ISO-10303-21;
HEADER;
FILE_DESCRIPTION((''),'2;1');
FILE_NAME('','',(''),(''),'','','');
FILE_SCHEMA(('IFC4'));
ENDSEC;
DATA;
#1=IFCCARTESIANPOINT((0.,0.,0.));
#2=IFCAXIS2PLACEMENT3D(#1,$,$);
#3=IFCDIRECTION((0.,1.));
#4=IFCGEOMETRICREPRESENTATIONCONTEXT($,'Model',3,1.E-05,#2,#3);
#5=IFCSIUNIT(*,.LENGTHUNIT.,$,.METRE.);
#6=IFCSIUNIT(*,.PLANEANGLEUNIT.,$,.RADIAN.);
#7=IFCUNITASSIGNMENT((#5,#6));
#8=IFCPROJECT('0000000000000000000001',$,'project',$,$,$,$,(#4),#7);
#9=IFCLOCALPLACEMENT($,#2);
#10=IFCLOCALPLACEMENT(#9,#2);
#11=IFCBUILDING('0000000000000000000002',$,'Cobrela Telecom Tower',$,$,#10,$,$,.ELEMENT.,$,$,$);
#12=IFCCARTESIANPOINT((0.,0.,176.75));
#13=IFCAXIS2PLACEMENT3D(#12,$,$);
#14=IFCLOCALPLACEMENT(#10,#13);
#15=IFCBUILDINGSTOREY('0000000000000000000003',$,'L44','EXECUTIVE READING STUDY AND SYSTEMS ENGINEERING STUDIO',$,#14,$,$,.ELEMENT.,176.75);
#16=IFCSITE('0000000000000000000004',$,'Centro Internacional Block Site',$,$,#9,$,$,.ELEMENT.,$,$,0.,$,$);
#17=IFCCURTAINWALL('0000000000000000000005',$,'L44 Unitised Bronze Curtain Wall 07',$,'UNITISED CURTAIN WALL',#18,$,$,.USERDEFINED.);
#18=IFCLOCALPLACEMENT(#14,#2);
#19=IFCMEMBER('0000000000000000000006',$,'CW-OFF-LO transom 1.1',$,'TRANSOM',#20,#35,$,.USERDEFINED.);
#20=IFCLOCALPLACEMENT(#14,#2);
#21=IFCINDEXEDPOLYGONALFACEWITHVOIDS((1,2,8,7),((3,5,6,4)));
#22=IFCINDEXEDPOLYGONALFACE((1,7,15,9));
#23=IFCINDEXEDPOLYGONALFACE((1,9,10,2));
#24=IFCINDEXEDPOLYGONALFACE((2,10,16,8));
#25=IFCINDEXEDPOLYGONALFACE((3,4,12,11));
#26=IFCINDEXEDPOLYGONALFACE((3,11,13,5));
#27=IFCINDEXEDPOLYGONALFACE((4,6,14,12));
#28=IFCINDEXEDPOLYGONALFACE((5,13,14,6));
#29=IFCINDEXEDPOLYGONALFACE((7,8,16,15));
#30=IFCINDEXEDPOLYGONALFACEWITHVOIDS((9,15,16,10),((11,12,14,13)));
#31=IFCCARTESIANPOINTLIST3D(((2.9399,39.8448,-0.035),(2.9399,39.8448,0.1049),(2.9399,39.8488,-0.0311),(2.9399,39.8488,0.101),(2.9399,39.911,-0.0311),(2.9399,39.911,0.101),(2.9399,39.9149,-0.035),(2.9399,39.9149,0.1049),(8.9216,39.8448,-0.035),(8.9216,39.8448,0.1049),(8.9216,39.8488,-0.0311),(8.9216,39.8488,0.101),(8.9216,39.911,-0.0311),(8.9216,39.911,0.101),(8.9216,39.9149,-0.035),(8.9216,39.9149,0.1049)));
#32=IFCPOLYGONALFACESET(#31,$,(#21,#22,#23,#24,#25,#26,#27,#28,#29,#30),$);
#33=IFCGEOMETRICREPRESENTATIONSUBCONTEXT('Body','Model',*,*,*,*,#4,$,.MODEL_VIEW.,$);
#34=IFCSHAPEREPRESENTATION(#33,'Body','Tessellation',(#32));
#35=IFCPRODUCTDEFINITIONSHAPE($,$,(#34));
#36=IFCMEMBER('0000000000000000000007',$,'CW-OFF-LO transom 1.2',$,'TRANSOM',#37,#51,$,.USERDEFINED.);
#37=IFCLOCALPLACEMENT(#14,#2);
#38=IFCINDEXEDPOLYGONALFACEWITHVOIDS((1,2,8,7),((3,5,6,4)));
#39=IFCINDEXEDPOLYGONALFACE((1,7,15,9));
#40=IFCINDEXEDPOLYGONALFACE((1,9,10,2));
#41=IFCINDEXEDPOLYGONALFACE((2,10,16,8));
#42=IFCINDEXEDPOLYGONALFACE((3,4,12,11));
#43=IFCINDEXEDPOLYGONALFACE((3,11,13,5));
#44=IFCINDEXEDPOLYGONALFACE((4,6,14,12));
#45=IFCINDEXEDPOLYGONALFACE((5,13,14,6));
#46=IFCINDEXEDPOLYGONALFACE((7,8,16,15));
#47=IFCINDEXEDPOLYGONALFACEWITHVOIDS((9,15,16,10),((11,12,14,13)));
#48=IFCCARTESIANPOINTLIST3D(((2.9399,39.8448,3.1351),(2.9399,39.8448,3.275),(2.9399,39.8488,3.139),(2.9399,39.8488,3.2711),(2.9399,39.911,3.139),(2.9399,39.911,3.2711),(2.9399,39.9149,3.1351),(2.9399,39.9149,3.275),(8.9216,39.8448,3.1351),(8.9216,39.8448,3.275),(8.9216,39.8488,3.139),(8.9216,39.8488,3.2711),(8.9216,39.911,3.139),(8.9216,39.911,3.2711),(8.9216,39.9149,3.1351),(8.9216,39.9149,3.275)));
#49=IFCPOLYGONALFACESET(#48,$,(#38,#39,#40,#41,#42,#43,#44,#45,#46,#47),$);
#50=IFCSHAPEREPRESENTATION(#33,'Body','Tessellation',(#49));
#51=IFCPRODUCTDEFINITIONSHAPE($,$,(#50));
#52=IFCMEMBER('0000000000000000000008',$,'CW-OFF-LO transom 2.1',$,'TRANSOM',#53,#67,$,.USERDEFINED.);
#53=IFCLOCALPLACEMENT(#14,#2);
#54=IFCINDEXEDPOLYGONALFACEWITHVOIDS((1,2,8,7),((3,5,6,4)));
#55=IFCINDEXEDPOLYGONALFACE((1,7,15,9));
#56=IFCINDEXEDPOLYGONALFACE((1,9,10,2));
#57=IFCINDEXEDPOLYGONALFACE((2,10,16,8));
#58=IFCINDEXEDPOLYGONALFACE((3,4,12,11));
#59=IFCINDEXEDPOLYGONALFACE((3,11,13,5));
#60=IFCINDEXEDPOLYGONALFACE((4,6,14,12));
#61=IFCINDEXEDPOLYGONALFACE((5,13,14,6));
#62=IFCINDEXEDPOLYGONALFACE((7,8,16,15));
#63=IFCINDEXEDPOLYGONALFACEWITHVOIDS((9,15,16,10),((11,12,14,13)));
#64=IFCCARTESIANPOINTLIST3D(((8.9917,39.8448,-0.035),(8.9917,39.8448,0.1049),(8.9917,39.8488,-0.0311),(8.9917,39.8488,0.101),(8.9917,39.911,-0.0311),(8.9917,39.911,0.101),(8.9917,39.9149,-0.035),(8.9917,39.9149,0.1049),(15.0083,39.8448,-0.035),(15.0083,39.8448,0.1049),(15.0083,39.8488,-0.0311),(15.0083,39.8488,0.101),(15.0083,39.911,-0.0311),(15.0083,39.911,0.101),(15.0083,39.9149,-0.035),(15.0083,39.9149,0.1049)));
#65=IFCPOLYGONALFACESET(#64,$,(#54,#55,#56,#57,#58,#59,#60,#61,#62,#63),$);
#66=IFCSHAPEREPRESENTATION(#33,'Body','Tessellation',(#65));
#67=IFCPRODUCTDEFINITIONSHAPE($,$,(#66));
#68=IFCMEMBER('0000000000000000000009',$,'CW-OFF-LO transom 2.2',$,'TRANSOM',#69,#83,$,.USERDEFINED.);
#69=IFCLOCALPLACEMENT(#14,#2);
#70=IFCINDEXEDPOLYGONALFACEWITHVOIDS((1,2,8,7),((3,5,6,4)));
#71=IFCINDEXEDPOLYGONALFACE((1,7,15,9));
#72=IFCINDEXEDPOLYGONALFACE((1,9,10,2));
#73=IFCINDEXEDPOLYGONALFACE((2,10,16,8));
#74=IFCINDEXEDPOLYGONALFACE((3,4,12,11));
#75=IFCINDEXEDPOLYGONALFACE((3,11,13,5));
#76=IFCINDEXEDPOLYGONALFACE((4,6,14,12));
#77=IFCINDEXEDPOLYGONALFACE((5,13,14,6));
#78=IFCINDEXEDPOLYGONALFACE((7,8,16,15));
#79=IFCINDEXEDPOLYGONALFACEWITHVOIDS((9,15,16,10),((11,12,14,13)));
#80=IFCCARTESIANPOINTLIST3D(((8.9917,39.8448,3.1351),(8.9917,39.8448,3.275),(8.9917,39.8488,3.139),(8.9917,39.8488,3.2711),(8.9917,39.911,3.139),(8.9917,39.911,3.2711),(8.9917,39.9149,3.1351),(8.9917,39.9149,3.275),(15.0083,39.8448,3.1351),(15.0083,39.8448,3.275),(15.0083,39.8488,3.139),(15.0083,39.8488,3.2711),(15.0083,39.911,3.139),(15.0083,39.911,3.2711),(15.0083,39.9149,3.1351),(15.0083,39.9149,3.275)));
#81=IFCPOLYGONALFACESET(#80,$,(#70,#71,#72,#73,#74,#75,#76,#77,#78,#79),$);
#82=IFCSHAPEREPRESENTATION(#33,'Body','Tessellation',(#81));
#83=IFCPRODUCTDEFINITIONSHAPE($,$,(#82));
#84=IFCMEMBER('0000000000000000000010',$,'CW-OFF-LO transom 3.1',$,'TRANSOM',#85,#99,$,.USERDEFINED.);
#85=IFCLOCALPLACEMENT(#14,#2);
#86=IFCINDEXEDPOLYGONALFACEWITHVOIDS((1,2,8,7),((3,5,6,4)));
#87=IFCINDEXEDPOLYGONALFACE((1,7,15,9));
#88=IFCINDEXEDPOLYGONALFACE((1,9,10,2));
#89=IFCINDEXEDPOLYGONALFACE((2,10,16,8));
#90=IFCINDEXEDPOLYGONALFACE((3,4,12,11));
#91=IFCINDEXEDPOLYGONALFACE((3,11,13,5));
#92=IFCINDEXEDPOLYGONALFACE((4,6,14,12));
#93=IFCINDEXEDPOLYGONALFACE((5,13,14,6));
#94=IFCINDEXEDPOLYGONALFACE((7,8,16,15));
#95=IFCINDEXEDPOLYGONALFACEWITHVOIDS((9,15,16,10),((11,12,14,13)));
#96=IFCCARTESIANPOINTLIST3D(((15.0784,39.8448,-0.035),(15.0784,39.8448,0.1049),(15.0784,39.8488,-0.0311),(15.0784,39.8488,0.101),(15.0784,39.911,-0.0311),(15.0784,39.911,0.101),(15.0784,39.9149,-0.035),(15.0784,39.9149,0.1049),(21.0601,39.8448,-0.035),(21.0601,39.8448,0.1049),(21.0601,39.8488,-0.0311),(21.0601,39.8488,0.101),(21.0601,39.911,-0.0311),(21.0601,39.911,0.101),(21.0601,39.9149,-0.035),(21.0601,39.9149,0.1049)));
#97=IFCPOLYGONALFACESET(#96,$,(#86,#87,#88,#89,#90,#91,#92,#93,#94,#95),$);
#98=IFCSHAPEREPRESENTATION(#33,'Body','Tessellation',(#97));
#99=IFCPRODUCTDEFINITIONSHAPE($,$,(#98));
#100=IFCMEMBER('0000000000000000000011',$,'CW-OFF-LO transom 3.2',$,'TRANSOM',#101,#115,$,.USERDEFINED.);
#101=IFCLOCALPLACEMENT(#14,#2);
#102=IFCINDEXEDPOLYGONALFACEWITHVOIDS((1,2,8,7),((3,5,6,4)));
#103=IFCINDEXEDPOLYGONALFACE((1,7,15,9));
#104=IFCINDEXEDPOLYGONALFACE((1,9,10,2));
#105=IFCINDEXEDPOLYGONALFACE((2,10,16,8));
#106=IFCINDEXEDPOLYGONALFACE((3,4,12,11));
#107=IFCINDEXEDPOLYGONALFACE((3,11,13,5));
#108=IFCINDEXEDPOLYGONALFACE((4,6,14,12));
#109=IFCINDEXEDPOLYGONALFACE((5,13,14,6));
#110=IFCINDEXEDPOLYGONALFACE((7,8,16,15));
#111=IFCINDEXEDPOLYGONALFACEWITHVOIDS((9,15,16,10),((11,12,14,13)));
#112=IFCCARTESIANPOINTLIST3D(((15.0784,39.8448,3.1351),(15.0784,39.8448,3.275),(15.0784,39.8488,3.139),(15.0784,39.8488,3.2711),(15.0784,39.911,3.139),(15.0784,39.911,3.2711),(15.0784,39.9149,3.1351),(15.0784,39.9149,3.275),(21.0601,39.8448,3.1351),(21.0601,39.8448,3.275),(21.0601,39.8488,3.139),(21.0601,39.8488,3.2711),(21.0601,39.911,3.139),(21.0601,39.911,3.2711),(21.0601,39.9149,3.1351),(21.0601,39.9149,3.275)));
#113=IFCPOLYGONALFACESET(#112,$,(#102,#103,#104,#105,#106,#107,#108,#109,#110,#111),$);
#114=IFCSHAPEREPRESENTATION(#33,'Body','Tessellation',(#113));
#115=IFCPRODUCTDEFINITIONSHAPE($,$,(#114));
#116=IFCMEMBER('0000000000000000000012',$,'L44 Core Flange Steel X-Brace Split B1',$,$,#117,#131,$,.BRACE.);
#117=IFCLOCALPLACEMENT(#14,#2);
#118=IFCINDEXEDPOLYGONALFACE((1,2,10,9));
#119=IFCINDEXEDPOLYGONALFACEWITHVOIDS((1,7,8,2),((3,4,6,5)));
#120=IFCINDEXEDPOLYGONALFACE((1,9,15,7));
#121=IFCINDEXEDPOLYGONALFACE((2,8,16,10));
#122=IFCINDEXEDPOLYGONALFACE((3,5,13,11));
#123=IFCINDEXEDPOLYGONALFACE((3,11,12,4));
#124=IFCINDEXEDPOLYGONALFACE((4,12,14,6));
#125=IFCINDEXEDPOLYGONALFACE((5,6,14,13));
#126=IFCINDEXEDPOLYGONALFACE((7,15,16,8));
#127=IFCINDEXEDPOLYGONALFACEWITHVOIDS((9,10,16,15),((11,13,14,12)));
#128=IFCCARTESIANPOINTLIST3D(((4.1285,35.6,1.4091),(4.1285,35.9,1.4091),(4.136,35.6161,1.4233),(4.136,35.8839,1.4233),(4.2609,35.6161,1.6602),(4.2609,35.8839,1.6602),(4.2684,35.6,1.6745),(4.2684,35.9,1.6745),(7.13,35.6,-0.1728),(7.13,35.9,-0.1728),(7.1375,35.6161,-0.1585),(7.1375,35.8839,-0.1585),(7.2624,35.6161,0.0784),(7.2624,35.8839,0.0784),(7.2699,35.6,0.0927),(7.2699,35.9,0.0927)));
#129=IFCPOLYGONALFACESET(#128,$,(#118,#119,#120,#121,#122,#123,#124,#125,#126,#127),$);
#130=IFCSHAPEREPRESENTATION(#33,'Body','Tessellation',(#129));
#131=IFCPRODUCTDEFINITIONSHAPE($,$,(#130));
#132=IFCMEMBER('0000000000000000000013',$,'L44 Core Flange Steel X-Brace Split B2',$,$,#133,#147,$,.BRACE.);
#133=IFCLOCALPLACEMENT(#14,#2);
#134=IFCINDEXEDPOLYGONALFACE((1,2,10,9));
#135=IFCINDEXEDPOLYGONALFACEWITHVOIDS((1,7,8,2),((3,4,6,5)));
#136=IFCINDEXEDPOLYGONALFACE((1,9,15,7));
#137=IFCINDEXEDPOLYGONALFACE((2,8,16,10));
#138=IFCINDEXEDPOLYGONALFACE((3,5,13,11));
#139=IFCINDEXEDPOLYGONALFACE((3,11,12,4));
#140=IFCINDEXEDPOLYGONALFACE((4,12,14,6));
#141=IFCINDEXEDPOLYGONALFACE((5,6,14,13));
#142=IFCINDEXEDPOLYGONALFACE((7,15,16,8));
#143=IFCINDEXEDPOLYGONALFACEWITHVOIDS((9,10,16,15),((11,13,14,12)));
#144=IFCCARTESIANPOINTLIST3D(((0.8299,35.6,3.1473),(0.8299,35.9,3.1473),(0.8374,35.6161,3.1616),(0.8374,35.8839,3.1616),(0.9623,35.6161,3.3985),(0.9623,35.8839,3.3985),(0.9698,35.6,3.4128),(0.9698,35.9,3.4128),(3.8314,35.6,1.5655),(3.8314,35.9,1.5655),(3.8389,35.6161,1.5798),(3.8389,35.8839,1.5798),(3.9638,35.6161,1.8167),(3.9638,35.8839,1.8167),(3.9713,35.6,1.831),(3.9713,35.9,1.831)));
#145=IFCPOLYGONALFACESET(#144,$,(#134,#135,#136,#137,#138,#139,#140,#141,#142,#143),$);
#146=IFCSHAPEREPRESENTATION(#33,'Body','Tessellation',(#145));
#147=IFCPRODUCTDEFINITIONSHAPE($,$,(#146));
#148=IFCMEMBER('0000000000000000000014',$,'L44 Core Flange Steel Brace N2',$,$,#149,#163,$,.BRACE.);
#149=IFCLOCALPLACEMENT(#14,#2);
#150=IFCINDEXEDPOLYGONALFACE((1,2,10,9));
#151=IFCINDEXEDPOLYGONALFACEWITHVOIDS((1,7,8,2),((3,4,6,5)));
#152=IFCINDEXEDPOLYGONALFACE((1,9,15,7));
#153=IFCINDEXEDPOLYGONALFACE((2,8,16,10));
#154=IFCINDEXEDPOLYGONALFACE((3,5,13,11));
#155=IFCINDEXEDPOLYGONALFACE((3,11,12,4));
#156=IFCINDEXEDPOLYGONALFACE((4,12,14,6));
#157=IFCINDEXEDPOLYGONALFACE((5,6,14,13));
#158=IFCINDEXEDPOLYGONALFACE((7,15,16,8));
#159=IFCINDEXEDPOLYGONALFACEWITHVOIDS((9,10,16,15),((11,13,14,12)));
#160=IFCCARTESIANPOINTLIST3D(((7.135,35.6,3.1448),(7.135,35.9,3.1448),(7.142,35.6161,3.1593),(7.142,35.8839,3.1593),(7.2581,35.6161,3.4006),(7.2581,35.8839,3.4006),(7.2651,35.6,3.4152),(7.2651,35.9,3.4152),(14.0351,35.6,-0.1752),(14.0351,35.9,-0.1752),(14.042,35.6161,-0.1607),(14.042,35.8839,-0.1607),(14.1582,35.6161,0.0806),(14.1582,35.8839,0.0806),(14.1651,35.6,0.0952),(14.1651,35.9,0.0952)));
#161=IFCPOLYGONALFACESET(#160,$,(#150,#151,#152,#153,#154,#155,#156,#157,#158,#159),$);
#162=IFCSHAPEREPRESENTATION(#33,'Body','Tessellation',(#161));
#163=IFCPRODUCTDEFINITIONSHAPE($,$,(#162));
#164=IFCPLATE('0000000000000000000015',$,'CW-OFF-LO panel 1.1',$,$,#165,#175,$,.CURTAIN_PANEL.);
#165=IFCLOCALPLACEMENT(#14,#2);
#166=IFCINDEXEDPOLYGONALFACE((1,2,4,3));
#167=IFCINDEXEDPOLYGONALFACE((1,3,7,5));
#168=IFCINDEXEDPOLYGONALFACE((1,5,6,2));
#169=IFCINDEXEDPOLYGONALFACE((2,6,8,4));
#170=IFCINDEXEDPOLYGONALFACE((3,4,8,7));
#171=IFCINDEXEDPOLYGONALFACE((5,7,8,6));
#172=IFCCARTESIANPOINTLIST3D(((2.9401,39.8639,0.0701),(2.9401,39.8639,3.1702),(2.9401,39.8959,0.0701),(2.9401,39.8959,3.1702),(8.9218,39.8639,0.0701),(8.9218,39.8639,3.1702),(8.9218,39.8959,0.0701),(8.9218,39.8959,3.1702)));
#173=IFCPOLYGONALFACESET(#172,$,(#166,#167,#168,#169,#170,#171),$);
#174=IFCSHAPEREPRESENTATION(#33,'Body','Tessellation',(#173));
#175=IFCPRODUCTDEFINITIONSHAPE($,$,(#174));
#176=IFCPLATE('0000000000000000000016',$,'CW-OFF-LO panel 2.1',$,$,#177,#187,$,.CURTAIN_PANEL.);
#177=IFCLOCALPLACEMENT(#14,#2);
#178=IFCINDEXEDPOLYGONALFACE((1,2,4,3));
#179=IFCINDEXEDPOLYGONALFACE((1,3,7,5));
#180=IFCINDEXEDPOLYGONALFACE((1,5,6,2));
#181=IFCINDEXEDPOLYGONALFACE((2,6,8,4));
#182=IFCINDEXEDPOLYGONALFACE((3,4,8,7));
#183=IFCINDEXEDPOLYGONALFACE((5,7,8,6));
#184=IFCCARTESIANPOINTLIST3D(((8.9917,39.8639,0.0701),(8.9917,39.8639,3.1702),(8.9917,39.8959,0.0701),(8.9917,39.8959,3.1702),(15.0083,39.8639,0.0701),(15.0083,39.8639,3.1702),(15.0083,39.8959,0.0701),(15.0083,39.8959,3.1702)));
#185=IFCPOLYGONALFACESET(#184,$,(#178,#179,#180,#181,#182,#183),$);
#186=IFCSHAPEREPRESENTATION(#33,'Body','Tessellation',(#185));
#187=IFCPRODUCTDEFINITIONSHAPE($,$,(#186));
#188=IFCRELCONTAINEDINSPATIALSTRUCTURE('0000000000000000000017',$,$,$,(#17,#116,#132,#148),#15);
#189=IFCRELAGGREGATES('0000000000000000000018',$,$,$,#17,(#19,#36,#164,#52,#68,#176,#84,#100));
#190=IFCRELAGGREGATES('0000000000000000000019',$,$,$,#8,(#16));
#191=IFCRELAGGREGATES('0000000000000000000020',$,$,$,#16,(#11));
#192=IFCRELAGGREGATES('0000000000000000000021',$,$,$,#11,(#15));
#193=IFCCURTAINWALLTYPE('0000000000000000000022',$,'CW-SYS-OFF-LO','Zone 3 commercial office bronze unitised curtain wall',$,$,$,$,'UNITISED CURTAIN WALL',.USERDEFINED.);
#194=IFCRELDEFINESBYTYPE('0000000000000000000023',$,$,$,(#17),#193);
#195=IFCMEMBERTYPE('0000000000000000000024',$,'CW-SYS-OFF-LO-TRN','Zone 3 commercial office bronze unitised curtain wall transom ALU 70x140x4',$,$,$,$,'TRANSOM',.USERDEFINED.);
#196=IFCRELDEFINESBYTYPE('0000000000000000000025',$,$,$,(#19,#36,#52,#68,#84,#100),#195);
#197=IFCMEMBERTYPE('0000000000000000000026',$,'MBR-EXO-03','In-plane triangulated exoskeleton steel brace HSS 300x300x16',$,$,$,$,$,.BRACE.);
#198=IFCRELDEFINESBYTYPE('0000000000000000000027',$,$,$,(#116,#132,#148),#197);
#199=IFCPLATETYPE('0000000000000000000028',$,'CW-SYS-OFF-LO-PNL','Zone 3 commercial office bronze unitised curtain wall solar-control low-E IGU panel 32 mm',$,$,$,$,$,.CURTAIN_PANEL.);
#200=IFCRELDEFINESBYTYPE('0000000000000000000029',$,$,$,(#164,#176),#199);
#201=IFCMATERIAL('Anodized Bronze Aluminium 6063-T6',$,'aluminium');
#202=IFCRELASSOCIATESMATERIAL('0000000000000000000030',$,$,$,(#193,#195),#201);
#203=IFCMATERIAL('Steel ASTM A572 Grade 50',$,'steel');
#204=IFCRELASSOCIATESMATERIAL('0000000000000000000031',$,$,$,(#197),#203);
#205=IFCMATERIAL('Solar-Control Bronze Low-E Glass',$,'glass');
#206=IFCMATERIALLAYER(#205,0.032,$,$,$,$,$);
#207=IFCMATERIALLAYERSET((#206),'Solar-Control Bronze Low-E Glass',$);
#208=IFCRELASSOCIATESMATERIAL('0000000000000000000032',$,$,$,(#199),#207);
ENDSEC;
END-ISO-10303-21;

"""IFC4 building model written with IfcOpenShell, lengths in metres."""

from ifc_helpers import new_model, si_unit, direction, frame, origin, origin_2d, place, context, subcontext, project, spatial, rectangle, hollow_rectangle, extrude, material, layer, layer_set, material_profile, profile_set, type_object, element, aggregate, save


model = new_model("IFC4")

# Units and contexts
model_context = context("Model", 3, precision=1e-05, world=origin(), true_north=direction((0.0, 1.0)))
body_context = subcontext(model_context, "Body", "Model", "MODEL_VIEW")
ifc_project = project(units=[si_unit("LENGTHUNIT", "METRE"), si_unit("PLANEANGLEUNIT", "RADIAN")], contexts=[model_context])

# Site, building, storey
site_placement = place(None, origin())
site = spatial("IfcSite", under=ifc_project, at=site_placement, Name="Centro Internacional Block Site", CompositionType="ELEMENT", RefElevation=0.0)
building_placement = place(site_placement, origin())
building = spatial("IfcBuilding", under=site, at=building_placement, Name="Cobrela Telecom Tower", CompositionType="ELEMENT")
storey_placement = place(building_placement, frame((0.0, 0.0, 176.75)))
storey = spatial("IfcBuildingStorey", under=building, at=storey_placement, Name="L44", Description="EXECUTIVE READING STUDY AND SYSTEMS ENGINEERING STUDIO", CompositionType="ELEMENT", Elevation=176.75)

# Shared definitions
ifc_material_1 = material(Name="Steel ASTM A572 Grade 50", Category="steel")

# Curtain wall, members
ifc_material_2 = material(Name="Anodized Bronze Aluminium 6063-T6", Category="aluminium")
curtain_wall_type = type_object("IfcCurtainWallType", Name="CW-SYS-OFF-LO", Description="Zone 3 commercial office bronze unitised curtain wall", ElementType="UNITISED CURTAIN WALL", PredefinedType="USERDEFINED", material=ifc_material_2)
curtain_wall_placement = place(storey_placement, origin())
curtain_wall = element("IfcCurtainWall", 1, at=curtain_wall_placement, inside=storey, type_object=curtain_wall_type, Name="L44 Unitised Bronze Curtain Wall 07", ObjectType="UNITISED CURTAIN WALL", PredefinedType="USERDEFINED")
ifc_material_profile_1 = material_profile(ifc_material_2, hollow_rectangle(XDim=0.0701, YDim=0.1399, WallThickness=0.0039, at=origin_2d()), Name="ALU 70x140x4")
ifc_profile_set_1 = profile_set([ifc_material_profile_1], Name="Anodized Bronze Aluminium 6063-T6")
member_type_1 = type_object("IfcMemberType", Name="CW-SYS-OFF-LO-TRN", Description="Zone 3 commercial office bronze unitised curtain wall transom ALU 70x140x4", ElementType="TRANSOM", PredefinedType="USERDEFINED", material=ifc_profile_set_1)
member_1_placement = place(storey_placement, frame((2.9399, 39.8799, 0.0349), z_axis=(1.0, 0.0, 0.0), x_axis=(0.0, 1.0, 0.0)))
member_1 = element("IfcMember", 2, at=member_1_placement, type_object=member_type_1, Name="CW-OFF-LO transom 1.1", ObjectType="TRANSOM", PredefinedType="USERDEFINED", context=body_context, shape_type="SweptSolid", body=[
    extrude(hollow_rectangle(XDim=0.0701, YDim=0.1399, WallThickness=0.0039, at=origin_2d()), origin(), (0.0, 0.0, 1.0), 5.9817),
])
member_2_placement = place(storey_placement, frame((2.9399, 39.8799, 3.2051), z_axis=(1.0, 0.0, 0.0), x_axis=(0.0, 1.0, 0.0)))
member_2 = element("IfcMember", 3, at=member_2_placement, type_object=member_type_1, Name="CW-OFF-LO transom 1.2", ObjectType="TRANSOM", PredefinedType="USERDEFINED", context=body_context, shape_type="SweptSolid", body=[
    extrude(hollow_rectangle(XDim=0.0701, YDim=0.1399, WallThickness=0.0039, at=origin_2d()), origin(), (0.0, 0.0, 1.0), 5.9817),
])
member_3_placement = place(storey_placement, frame((8.9917, 39.8799, 0.0349), z_axis=(1.0, 0.0, 0.0), x_axis=(0.0, 1.0, 0.0)))
member_3 = element("IfcMember", 4, at=member_3_placement, type_object=member_type_1, Name="CW-OFF-LO transom 2.1", ObjectType="TRANSOM", PredefinedType="USERDEFINED", context=body_context, shape_type="SweptSolid", body=[
    extrude(hollow_rectangle(XDim=0.0701, YDim=0.1399, WallThickness=0.0039, at=origin_2d()), origin(), (0.0, 0.0, 1.0), 6.0166),
])
member_4_placement = place(storey_placement, frame((8.9917, 39.8799, 3.2051), z_axis=(1.0, 0.0, 0.0), x_axis=(0.0, 1.0, 0.0)))
member_4 = element("IfcMember", 5, at=member_4_placement, type_object=member_type_1, Name="CW-OFF-LO transom 2.2", ObjectType="TRANSOM", PredefinedType="USERDEFINED", context=body_context, shape_type="SweptSolid", body=[
    extrude(hollow_rectangle(XDim=0.0701, YDim=0.1399, WallThickness=0.0039, at=origin_2d()), origin(), (0.0, 0.0, 1.0), 6.0166),
])
member_5_placement = place(storey_placement, frame((15.0784, 39.8799, 0.0349), z_axis=(1.0, 0.0, 0.0), x_axis=(0.0, 1.0, 0.0)))
member_5 = element("IfcMember", 6, at=member_5_placement, type_object=member_type_1, Name="CW-OFF-LO transom 3.1", ObjectType="TRANSOM", PredefinedType="USERDEFINED", context=body_context, shape_type="SweptSolid", body=[
    extrude(hollow_rectangle(XDim=0.0701, YDim=0.1399, WallThickness=0.0039, at=origin_2d()), origin(), (0.0, 0.0, 1.0), 5.9817),
])
member_6_placement = place(storey_placement, frame((15.0784, 39.8799, 3.2051), z_axis=(1.0, 0.0, 0.0), x_axis=(0.0, 1.0, 0.0)))
member_6 = element("IfcMember", 7, at=member_6_placement, type_object=member_type_1, Name="CW-OFF-LO transom 3.2", ObjectType="TRANSOM", PredefinedType="USERDEFINED", context=body_context, shape_type="SweptSolid", body=[
    extrude(hollow_rectangle(XDim=0.0701, YDim=0.1399, WallThickness=0.0039, at=origin_2d()), origin(), (0.0, 0.0, 1.0), 5.9817),
])

# Members
ifc_material_profile_2 = material_profile(ifc_material_1, hollow_rectangle(XDim=0.3, YDim=0.3, WallThickness=0.0161, at=origin_2d()), Name="HSS 300x300x16")
ifc_profile_set_2 = profile_set([ifc_material_profile_2], Name="Steel ASTM A572 Grade 50")
member_type_2 = type_object("IfcMemberType", Name="MBR-EXO-03", Description="In-plane triangulated exoskeleton steel brace HSS 300x300x16", PredefinedType="BRACE", material=ifc_profile_set_2)
for number, where, z_axis, x_axis, name in (
    (8, (7.2, 35.75, -0.04), (-0.884667, 0.0, 0.466224), (0.0, -1.0, 0.0), "L44 Core Flange Steel X-Brace Split B1"),
    (9, (3.9014, 35.75, 1.6982), (-0.884667, 0.0, 0.466224), (0.0, -1.0, 0.0), "L44 Core Flange Steel X-Brace Split B2"),
):
    element("IfcMember", number, at=place(storey_placement, frame(where, z_axis=z_axis, x_axis=x_axis)), inside=storey, type_object=member_type_2, Name=name, PredefinedType="BRACE", context=body_context, shape_type="SweptSolid", body=[
        extrude(hollow_rectangle(XDim=0.3, YDim=0.3, WallThickness=0.0161, at=origin_2d()), origin(), (0.0, 0.0, 1.0), 3.3928),
    ])
member_7_placement = place(storey_placement, frame((14.1001, 35.75, -0.04), z_axis=(-0.901115, 0.0, 0.43358), x_axis=(0.0, -1.0, 0.0)))
element("IfcMember", 10, at=member_7_placement, inside=storey, type_object=member_type_2, Name="L44 Core Flange Steel Brace N2", PredefinedType="BRACE", context=body_context, shape_type="SweptSolid", body=[
    extrude(hollow_rectangle(XDim=0.3, YDim=0.3, WallThickness=0.0161, at=origin_2d()), origin(), (0.0, 0.0, 1.0), 7.6572),
])

# Plates
ifc_material_3 = material(Name="Solar-Control Bronze Low-E Glass", Category="glass")
ifc_layer_1 = layer(ifc_material_3, 0.032)
ifc_layer_set_1 = layer_set([ifc_layer_1], Name="Solar-Control Bronze Low-E Glass")
plate_type_1 = type_object("IfcPlateType", Name="CW-SYS-OFF-LO-PNL", Description="Zone 3 commercial office bronze unitised curtain wall solar-control low-E IGU panel 32 mm", PredefinedType="CURTAIN_PANEL", material=ifc_layer_set_1)
plate_1_placement = place(storey_placement, frame((5.9309, 39.8799, 0.0701), z_axis=(0.0, 0.0, 1.0), x_axis=(1.0, 0.0, 0.0)))
plate_1 = element("IfcPlate", 11, at=plate_1_placement, type_object=plate_type_1, Name="CW-OFF-LO panel 1.1", PredefinedType="CURTAIN_PANEL", context=body_context, shape_type="SweptSolid", body=[
    extrude(rectangle(XDim=5.9817, YDim=0.032, at=origin_2d()), origin(), (0.0, 0.0, 1.0), 3.1001),
])
plate_2_placement = place(storey_placement, frame((12.0, 39.8799, 0.0701), z_axis=(0.0, 0.0, 1.0), x_axis=(1.0, 0.0, 0.0)))
plate_2 = element("IfcPlate", 12, at=plate_2_placement, type_object=plate_type_1, Name="CW-OFF-LO panel 2.1", PredefinedType="CURTAIN_PANEL", context=body_context, shape_type="SweptSolid", body=[
    extrude(rectangle(XDim=6.0166, YDim=0.032, at=origin_2d()), origin(), (0.0, 0.0, 1.0), 3.1001),
])
aggregate(curtain_wall, [member_1, member_2, plate_1, member_3, member_4, plate_2, member_5, member_6])

save(model, "model.ifc")
